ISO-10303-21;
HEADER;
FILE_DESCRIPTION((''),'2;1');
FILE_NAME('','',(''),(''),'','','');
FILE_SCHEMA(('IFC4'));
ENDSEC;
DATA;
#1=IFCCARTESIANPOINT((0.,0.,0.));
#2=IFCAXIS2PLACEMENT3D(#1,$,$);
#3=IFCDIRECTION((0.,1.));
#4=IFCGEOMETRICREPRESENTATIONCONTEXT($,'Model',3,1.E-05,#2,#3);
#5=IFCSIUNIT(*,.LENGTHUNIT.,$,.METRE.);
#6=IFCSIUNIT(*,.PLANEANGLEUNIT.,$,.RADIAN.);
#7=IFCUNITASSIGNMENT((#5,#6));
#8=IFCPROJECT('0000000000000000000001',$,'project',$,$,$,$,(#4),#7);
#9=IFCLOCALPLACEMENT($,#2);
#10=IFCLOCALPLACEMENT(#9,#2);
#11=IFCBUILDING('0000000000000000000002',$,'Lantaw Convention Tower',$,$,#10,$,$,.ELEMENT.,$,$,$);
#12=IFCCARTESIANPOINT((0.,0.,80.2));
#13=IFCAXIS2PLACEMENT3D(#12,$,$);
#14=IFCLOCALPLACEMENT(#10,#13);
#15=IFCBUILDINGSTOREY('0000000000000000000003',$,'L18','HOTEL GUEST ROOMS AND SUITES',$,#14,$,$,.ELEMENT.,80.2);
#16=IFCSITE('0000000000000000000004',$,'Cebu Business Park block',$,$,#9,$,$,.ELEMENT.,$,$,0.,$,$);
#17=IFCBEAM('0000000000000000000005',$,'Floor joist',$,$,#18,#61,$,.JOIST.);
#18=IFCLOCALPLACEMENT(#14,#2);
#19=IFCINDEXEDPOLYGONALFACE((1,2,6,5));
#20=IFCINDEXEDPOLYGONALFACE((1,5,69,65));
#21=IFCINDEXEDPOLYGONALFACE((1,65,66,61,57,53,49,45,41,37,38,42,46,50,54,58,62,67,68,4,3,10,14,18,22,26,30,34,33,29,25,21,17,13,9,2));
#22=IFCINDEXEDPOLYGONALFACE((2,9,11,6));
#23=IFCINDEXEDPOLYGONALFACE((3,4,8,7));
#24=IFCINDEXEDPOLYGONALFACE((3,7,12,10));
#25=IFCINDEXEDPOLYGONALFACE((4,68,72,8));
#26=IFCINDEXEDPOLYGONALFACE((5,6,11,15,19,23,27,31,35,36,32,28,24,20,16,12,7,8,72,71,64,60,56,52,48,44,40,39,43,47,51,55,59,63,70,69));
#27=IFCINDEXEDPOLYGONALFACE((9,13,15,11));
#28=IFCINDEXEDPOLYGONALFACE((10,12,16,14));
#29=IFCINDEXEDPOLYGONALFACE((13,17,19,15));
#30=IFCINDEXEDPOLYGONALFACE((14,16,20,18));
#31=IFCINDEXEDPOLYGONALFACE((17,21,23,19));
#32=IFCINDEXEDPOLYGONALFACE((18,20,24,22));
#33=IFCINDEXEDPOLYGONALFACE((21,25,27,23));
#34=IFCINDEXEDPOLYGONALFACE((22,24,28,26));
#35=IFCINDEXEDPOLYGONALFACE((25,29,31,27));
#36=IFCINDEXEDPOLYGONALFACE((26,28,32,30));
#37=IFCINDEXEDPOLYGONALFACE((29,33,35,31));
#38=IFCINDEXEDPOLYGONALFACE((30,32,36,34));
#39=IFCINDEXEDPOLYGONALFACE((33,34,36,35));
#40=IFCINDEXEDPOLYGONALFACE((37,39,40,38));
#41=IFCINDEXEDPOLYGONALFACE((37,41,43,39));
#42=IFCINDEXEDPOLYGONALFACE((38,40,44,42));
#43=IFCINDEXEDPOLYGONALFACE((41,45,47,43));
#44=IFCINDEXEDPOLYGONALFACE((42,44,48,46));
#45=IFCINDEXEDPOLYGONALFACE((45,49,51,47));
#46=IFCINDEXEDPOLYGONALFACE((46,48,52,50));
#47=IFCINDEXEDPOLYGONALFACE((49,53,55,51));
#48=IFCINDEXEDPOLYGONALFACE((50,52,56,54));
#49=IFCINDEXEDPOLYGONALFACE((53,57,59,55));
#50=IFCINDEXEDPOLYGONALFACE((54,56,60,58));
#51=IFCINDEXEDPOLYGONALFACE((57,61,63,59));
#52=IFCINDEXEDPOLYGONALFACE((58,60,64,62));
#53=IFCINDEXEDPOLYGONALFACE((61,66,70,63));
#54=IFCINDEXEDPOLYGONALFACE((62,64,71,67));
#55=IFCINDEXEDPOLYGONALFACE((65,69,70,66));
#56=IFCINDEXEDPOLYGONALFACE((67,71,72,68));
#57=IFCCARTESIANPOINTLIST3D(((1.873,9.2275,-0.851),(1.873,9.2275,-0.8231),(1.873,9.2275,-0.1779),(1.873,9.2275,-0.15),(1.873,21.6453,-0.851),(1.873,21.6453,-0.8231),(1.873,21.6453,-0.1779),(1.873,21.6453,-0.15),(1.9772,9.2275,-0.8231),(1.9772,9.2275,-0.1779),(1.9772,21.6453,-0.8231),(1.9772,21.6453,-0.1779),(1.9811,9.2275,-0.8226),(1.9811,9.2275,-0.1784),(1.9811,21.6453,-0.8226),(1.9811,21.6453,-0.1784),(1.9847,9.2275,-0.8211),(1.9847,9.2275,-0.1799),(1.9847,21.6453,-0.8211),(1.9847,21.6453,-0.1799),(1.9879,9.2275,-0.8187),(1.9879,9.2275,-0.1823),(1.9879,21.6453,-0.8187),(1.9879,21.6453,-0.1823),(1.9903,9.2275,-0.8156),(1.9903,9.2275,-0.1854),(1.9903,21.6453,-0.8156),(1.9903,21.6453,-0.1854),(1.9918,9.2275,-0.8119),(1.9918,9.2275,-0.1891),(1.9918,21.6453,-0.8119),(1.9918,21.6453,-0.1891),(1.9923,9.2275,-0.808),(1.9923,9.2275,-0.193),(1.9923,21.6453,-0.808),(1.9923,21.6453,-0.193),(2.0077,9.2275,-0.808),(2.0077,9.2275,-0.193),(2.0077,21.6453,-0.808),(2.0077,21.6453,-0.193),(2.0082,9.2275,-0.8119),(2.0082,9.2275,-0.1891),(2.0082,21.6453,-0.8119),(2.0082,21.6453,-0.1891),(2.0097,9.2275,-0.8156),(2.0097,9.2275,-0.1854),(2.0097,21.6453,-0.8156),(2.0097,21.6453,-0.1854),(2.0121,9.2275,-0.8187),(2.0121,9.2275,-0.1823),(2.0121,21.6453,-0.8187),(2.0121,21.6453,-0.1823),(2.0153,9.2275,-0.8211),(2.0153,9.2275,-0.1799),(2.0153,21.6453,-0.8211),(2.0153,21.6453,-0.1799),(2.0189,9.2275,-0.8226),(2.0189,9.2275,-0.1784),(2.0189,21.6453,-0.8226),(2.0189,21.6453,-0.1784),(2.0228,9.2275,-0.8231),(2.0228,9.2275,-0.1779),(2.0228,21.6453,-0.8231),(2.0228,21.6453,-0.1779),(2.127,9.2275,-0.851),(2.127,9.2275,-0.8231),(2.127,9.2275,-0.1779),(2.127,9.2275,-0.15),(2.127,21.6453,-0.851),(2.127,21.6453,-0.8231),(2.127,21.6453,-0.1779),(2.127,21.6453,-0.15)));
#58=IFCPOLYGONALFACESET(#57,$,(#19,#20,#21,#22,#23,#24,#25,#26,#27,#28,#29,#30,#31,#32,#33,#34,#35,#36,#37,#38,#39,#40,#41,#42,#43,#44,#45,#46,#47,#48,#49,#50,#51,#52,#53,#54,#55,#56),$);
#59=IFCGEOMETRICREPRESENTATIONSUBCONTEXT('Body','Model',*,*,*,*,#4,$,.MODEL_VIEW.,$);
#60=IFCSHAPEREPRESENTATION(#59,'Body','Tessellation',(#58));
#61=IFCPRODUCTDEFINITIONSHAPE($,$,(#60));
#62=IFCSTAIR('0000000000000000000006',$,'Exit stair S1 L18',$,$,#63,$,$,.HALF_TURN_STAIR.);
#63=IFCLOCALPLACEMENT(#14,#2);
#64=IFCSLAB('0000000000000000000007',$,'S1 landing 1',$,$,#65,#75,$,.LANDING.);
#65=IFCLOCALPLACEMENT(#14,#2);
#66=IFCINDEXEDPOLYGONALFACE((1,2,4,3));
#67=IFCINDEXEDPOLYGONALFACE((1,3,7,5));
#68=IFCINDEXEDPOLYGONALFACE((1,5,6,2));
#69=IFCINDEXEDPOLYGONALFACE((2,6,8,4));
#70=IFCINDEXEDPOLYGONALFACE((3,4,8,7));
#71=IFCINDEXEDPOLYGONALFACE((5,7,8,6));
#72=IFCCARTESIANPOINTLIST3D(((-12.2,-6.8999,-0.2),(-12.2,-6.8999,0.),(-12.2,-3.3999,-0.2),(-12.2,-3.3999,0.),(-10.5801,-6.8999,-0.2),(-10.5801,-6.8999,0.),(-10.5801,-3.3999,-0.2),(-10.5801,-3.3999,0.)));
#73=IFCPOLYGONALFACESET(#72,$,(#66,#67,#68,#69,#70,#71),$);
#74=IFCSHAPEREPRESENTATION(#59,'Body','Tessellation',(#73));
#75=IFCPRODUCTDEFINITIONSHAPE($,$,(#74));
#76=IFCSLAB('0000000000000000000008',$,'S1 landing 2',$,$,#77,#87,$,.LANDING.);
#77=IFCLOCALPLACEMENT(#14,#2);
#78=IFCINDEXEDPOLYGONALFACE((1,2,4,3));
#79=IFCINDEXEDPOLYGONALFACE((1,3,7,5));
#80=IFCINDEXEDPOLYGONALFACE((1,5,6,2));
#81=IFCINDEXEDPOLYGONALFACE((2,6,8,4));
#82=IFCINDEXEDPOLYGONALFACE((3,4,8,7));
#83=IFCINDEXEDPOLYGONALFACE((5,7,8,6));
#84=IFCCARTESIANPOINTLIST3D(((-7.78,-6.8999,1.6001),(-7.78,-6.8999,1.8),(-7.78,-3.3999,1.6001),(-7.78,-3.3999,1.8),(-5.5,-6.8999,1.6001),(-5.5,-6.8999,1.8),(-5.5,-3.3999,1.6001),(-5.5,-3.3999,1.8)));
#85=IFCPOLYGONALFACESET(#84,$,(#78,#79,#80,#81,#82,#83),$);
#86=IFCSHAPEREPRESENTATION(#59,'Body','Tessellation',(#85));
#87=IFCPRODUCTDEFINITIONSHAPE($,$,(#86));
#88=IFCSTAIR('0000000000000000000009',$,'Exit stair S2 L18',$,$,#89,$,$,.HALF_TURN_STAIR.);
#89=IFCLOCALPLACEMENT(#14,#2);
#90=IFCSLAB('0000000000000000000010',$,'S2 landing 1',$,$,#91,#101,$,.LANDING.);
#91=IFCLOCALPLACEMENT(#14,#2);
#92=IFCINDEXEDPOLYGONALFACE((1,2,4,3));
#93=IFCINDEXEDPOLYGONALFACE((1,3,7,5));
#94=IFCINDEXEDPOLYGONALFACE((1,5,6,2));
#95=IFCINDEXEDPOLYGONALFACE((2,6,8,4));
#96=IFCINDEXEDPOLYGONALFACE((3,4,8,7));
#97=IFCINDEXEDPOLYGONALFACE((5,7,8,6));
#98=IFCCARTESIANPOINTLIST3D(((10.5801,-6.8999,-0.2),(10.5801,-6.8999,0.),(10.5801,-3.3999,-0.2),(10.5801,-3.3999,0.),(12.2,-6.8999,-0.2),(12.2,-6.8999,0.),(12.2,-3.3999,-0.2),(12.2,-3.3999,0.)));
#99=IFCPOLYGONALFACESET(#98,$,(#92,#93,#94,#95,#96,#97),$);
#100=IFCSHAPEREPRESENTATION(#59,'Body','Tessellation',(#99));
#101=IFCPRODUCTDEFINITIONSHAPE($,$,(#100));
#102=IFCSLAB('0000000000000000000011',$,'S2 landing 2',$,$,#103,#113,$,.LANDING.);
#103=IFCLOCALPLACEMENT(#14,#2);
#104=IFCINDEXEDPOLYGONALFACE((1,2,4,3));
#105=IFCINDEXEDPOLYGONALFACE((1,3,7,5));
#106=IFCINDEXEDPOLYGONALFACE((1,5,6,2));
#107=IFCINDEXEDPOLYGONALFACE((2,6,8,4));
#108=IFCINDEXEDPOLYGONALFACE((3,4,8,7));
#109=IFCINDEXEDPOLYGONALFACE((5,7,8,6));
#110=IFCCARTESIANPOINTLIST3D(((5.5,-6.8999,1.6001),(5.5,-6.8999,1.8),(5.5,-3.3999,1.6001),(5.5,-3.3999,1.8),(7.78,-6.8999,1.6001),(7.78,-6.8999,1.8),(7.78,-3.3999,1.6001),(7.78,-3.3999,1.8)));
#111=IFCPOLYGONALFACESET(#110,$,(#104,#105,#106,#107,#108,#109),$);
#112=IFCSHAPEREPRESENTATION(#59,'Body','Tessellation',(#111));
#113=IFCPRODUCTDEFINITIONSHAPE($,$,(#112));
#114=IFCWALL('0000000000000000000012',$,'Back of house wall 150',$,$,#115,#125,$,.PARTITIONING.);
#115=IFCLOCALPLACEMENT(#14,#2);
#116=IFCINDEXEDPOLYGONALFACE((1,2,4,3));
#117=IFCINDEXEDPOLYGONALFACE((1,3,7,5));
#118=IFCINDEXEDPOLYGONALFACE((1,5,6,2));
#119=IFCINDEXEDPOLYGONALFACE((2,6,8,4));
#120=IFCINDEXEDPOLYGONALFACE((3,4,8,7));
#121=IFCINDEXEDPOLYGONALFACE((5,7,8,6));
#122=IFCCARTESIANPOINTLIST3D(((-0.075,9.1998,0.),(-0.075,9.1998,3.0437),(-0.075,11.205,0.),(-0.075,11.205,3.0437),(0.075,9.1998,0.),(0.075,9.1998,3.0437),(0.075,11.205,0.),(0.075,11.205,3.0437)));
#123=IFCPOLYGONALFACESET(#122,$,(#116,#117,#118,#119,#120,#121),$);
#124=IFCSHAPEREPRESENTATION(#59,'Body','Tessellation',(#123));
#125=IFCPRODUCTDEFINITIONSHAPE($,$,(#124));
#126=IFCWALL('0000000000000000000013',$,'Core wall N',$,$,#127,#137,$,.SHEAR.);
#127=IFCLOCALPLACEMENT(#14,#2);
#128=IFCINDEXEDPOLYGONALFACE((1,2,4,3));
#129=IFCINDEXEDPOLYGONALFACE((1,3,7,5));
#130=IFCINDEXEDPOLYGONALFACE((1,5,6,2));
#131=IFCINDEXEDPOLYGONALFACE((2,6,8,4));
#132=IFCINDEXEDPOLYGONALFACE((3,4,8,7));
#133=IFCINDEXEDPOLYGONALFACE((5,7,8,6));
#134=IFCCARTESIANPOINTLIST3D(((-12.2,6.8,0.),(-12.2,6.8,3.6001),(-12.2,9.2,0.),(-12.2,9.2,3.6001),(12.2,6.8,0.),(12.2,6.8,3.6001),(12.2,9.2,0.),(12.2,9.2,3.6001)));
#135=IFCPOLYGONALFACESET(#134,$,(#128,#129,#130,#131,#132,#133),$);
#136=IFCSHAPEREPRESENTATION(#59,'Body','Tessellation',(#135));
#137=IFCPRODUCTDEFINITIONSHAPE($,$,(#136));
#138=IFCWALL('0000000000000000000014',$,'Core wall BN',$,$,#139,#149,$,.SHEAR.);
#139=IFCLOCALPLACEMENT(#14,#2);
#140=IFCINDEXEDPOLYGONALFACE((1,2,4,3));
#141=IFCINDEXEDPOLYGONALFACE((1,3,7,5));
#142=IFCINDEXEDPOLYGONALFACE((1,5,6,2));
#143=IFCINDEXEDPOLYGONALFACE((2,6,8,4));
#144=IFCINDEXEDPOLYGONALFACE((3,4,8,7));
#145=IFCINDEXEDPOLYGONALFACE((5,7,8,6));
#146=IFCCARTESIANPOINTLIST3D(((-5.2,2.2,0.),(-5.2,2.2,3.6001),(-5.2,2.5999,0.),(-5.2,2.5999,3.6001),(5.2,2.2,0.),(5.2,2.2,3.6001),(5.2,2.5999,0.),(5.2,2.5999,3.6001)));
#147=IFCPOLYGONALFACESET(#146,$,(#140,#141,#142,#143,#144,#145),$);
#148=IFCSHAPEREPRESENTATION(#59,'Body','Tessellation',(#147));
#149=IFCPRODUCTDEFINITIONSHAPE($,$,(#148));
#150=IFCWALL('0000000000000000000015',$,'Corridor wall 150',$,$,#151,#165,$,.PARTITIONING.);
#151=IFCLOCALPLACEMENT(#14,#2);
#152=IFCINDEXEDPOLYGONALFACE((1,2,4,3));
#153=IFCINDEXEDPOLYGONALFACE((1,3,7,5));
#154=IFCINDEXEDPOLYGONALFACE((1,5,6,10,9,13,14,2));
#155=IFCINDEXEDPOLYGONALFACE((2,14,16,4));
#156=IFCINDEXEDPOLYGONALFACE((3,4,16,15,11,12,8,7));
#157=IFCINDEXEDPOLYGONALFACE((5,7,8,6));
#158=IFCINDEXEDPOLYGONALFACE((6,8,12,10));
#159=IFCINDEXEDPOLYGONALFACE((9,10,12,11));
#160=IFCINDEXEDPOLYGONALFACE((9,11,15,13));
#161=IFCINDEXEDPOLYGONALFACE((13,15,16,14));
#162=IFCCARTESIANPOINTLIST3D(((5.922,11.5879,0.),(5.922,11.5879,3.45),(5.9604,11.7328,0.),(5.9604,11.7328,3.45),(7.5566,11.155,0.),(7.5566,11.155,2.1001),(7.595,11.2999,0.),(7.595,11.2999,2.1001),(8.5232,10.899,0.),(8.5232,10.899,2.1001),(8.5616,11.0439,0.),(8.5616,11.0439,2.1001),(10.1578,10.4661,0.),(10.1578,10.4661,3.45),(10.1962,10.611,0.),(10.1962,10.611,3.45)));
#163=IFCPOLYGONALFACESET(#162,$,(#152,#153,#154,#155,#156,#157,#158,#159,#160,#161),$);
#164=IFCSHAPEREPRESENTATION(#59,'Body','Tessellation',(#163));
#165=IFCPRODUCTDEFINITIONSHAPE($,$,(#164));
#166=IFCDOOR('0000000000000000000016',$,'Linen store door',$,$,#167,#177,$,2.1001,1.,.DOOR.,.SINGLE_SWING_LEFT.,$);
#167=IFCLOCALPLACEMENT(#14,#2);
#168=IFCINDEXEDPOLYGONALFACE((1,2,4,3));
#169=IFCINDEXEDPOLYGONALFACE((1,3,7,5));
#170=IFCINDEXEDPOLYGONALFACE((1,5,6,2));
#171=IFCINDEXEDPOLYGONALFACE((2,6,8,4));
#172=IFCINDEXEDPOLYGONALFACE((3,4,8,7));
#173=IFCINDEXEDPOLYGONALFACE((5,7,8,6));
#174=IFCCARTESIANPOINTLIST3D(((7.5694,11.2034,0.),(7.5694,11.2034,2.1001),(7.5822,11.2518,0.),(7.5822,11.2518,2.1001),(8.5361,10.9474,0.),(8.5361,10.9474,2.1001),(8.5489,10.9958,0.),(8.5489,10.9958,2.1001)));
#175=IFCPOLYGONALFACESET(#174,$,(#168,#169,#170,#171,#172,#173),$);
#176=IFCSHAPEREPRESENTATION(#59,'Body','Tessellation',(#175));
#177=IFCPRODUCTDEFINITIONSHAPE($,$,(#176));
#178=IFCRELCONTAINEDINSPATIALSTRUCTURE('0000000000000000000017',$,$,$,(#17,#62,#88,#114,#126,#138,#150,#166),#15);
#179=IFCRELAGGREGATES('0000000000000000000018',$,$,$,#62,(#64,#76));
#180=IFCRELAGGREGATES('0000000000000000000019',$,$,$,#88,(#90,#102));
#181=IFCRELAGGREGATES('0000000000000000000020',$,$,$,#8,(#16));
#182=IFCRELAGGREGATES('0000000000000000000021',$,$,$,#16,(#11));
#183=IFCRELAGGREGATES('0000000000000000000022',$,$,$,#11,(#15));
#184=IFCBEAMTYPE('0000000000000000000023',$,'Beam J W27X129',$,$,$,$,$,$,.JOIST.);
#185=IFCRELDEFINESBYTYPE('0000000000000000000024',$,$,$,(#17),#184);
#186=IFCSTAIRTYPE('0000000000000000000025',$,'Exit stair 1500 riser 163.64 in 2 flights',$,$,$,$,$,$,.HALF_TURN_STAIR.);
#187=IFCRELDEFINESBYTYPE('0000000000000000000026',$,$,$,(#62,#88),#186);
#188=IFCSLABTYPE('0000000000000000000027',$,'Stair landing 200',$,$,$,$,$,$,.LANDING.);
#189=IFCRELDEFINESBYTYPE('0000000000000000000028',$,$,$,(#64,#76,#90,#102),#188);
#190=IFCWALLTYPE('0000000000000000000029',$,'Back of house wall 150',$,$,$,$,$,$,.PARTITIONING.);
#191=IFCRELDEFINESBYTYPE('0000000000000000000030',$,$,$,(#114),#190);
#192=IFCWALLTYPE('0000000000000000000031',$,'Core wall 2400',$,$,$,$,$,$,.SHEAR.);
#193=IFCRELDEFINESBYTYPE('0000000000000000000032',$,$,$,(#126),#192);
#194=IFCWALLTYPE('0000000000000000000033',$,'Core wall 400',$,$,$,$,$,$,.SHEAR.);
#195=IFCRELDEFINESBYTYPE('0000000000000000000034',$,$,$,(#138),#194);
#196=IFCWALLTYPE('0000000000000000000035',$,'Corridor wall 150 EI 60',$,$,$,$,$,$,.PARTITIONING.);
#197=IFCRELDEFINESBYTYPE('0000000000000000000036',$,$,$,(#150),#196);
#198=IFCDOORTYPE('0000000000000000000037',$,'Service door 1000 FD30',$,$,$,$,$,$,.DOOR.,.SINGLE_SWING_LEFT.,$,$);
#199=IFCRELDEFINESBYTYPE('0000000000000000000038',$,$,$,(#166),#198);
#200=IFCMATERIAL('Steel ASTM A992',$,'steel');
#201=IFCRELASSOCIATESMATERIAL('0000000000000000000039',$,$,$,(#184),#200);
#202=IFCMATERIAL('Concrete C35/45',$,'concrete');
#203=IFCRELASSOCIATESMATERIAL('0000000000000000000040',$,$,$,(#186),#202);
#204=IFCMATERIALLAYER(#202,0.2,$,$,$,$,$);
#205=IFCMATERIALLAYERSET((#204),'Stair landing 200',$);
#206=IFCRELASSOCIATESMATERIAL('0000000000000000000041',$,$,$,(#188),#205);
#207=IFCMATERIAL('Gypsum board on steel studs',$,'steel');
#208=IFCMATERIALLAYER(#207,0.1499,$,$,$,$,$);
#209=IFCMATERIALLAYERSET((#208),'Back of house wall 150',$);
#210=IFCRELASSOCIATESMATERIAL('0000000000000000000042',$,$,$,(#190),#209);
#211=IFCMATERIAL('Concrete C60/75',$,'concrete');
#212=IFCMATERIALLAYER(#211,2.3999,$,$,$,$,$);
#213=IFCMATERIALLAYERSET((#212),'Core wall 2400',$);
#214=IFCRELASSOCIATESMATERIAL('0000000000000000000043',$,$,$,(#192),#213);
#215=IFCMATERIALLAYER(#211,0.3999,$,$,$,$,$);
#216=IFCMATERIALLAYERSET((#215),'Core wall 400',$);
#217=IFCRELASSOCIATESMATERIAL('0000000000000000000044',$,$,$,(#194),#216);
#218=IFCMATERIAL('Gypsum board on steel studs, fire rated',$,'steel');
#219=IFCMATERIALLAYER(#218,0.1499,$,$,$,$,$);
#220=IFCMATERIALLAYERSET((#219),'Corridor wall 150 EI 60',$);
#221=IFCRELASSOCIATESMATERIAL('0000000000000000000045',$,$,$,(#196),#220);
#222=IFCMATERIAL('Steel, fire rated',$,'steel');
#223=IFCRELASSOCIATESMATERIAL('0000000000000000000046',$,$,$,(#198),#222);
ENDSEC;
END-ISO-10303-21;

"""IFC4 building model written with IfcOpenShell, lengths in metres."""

from ifc_helpers import new_model, si_unit, direction, frame, frame_2d, origin, origin_2d, place, context, subcontext, project, spatial, polyline, rectangle, i_section, outline, extrude, material, layer, layer_set, material_profile, profile_set, type_object, element, fill, aggregate, save


model = new_model("IFC4")

# Units and contexts
model_context = context("Model", 3, precision=1e-05, world=origin(), true_north=direction((0.0, 1.0)))
body_context = subcontext(model_context, "Body", "Model", "MODEL_VIEW")
ifc_project = project(units=[si_unit("LENGTHUNIT", "METRE"), si_unit("PLANEANGLEUNIT", "RADIAN")], contexts=[model_context])

# Site, building, storey
site_placement = place(None, origin())
site = spatial("IfcSite", under=ifc_project, at=site_placement, Name="Cebu Business Park block", CompositionType="ELEMENT", RefElevation=0.0)
building_placement = place(site_placement, origin())
building = spatial("IfcBuilding", under=site, at=building_placement, Name="Lantaw Convention Tower", CompositionType="ELEMENT")
storey_placement = place(building_placement, frame((0.0, 0.0, 80.2)))
storey = spatial("IfcBuildingStorey", under=building, at=storey_placement, Name="L18", Description="HOTEL GUEST ROOMS AND SUITES", CompositionType="ELEMENT", Elevation=80.2)

# Beam
ifc_material_1 = material(Name="Steel ASTM A992", Category="steel")
ifc_material_profile_1 = material_profile(ifc_material_1, i_section(OverallWidth=0.2539, OverallDepth=0.7009, WebThickness=0.0154, FlangeThickness=0.0278, FilletRadius=0.0151, at=origin_2d()), Name="W27X129")
ifc_profile_set_1 = profile_set([ifc_material_profile_1], Name="Steel ASTM A992")
beam_type_1 = type_object("IfcBeamType", Name="Beam J W27X129", PredefinedType="JOIST", material=ifc_profile_set_1)
beam_1_placement = place(storey_placement, frame((2.0, 9.2275, -0.5005), z_axis=(0.0, 1.0, 0.0), x_axis=(-1.0, 0.0, 0.0)))
element("IfcBeam", 1, at=beam_1_placement, inside=storey, type_object=beam_type_1, Name="Floor joist", PredefinedType="JOIST", context=body_context, shape_type="SweptSolid", body=[
    extrude(i_section(OverallWidth=0.2539, OverallDepth=0.7009, WebThickness=0.0154, FlangeThickness=0.0278, FilletRadius=0.0151, at=origin_2d()), origin(), (0.0, 0.0, 1.0), 12.4177),
])

# Stairs, slabs
ifc_material_2 = material(Name="Concrete C35/45", Category="concrete")
stair_type = type_object("IfcStairType", Name="Exit stair 1500 riser 163.64 in 2 flights", PredefinedType="HALF_TURN_STAIR", material=ifc_material_2)
stair_1_placement = place(storey_placement, origin())
stair_1 = element("IfcStair", 2, at=stair_1_placement, inside=storey, type_object=stair_type, Name="Exit stair S1 L18", PredefinedType="HALF_TURN_STAIR")
ifc_layer_1 = layer(ifc_material_2, 0.2)
ifc_layer_set_1 = layer_set([ifc_layer_1], Name="Stair landing 200")
slab_type = type_object("IfcSlabType", Name="Stair landing 200", PredefinedType="LANDING", material=ifc_layer_set_1)
slab_1_placement = place(storey_placement, frame((0.0, 0.0, -0.2)))
slab_1 = element("IfcSlab", 3, at=slab_1_placement, type_object=slab_type, Name="S1 landing 1", PredefinedType="LANDING", context=body_context, shape_type="SweptSolid", body=[
    extrude(outline(polyline([(-12.2, -6.8999), (-10.5801, -6.8999), (-10.5801, -3.3999), (-12.2, -3.3999), (-12.2, -6.8999)])), origin(), (0.0, 0.0, 1.0), 0.2),
])
slab_2_placement = place(storey_placement, frame((0.0, 0.0, 1.6001)))
slab_2 = element("IfcSlab", 4, at=slab_2_placement, type_object=slab_type, Name="S1 landing 2", PredefinedType="LANDING", context=body_context, shape_type="SweptSolid", body=[
    extrude(outline(polyline([(-7.78, -6.8999), (-5.5, -6.8999), (-5.5, -3.3999), (-7.78, -3.3999), (-7.78, -6.8999)])), origin(), (0.0, 0.0, 1.0), 0.2),
])
aggregate(stair_1, [slab_1, slab_2])
stair_2_placement = place(storey_placement, origin())
stair_2 = element("IfcStair", 5, at=stair_2_placement, inside=storey, type_object=stair_type, Name="Exit stair S2 L18", PredefinedType="HALF_TURN_STAIR")
slab_3_placement = place(storey_placement, frame((0.0, 0.0, -0.2)))
slab_3 = element("IfcSlab", 6, at=slab_3_placement, type_object=slab_type, Name="S2 landing 1", PredefinedType="LANDING", context=body_context, shape_type="SweptSolid", body=[
    extrude(outline(polyline([(10.5801, -6.8999), (12.2, -6.8999), (12.2, -3.3999), (10.5801, -3.3999), (10.5801, -6.8999)])), origin(), (0.0, 0.0, 1.0), 0.2),
])
slab_4_placement = place(storey_placement, frame((0.0, 0.0, 1.6001)))
slab_4 = element("IfcSlab", 7, at=slab_4_placement, type_object=slab_type, Name="S2 landing 2", PredefinedType="LANDING", context=body_context, shape_type="SweptSolid", body=[
    extrude(outline(polyline([(5.5, -6.8999), (7.78, -6.8999), (7.78, -3.3999), (5.5, -3.3999), (5.5, -6.8999)])), origin(), (0.0, 0.0, 1.0), 0.2),
])
aggregate(stair_2, [slab_3, slab_4])

# Walls
ifc_material_3 = material(Name="Gypsum board on steel studs", Category="steel")
ifc_layer_2 = layer(ifc_material_3, 0.1499)
ifc_layer_set_2 = layer_set([ifc_layer_2], Name="Back of house wall 150")
wall_type_1 = type_object("IfcWallType", Name="Back of house wall 150", PredefinedType="PARTITIONING", material=ifc_layer_set_2)
wall_1_placement = place(storey_placement, frame((0.0, 9.2, 0.0), z_axis=(0.0, 0.0, 1.0), x_axis=(0.0, 1.0, 0.0)))
element("IfcWall", 8, at=wall_1_placement, inside=storey, type_object=wall_type_1, Name="Back of house wall 150", PredefinedType="PARTITIONING", context=body_context, shape_type="SweptSolid", body=[
    extrude(rectangle(XDim=2.0051, YDim=0.1499, at=frame_2d((1.0024, 0.0))), origin(), (0.0, 0.0, 1.0), 3.0437),
])
ifc_material_4 = material(Name="Concrete C60/75", Category="concrete")
ifc_layer_3 = layer(ifc_material_4, 2.3999)
ifc_layer_set_3 = layer_set([ifc_layer_3], Name="Core wall 2400")
wall_type_2 = type_object("IfcWallType", Name="Core wall 2400", PredefinedType="SHEAR", material=ifc_layer_set_3)
wall_2_placement = place(storey_placement, frame((12.2, 8.0, 0.0), z_axis=(0.0, 0.0, 1.0), x_axis=(-1.0, 0.0, 0.0)))
element("IfcWall", 9, at=wall_2_placement, inside=storey, type_object=wall_type_2, Name="Core wall N", PredefinedType="SHEAR", context=body_context, shape_type="SweptSolid", body=[
    extrude(rectangle(XDim=24.3999, YDim=2.3999, at=frame_2d((12.2, 0.0))), origin(), (0.0, 0.0, 1.0), 3.6001),
])
ifc_layer_4 = layer(ifc_material_4, 0.3999)
ifc_layer_set_4 = layer_set([ifc_layer_4], Name="Core wall 400")
wall_type_3 = type_object("IfcWallType", Name="Core wall 400", PredefinedType="SHEAR", material=ifc_layer_set_4)
wall_3_placement = place(storey_placement, frame((5.2, 2.3999, 0.0), z_axis=(0.0, 0.0, 1.0), x_axis=(-1.0, 0.0, 0.0)))
element("IfcWall", 10, at=wall_3_placement, inside=storey, type_object=wall_type_3, Name="Core wall BN", PredefinedType="SHEAR", context=body_context, shape_type="SweptSolid", body=[
    extrude(rectangle(XDim=10.3999, YDim=0.3999, at=frame_2d((5.2, 0.0))), origin(), (0.0, 0.0, 1.0), 3.6001),
])

# Wall, opening, door
ifc_material_5 = material(Name="Gypsum board on steel studs, fire rated", Category="steel")
ifc_layer_5 = layer(ifc_material_5, 0.1499)
ifc_layer_set_5 = layer_set([ifc_layer_5], Name="Corridor wall 150 EI 60")
wall_type_4 = type_object("IfcWallType", Name="Corridor wall 150 EI 60", PredefinedType="PARTITIONING", material=ifc_layer_set_5)
wall_4_placement = place(storey_placement, frame((10.177, 10.5386, 0.0), z_axis=(0.0, 0.0, 1.0), x_axis=(-0.966673, 0.256015, 0.0)))
wall_4 = element("IfcWall", 11, at=wall_4_placement, inside=storey, type_object=wall_type_4, Name="Corridor wall 150", PredefinedType="PARTITIONING", context=body_context, shape_type="SweptSolid", body=[
    extrude(rectangle(XDim=4.3818, YDim=0.1499, at=frame_2d((2.1909, 0.0))), origin(), (0.0, 0.0, 1.0), 3.45),
])
opening_1_placement = place(wall_4_placement, frame((1.6909, 0.0, 0.0)))
opening_1 = element("IfcOpeningElement", 12, at=opening_1_placement, cuts=wall_4, PredefinedType="OPENING", context=body_context, shape_type="SweptSolid", body=[
    extrude(rectangle(XDim=1.0, YDim=2.1001, at=frame_2d((0.5, 1.05))), frame((0.0, 0.085, 0.0), z_axis=(0.0, -1.0, 0.0), x_axis=(1.0, 0.0, 0.0)), (0.0, 0.0, 1.0), 0.1699),
])
ifc_material_6 = material(Name="Steel, fire rated", Category="steel")
door_type_1 = type_object("IfcDoorType", Name="Service door 1000 FD30", OperationType="SINGLE_SWING_LEFT", PredefinedType="DOOR", material=ifc_material_6)
door_1_placement = place(opening_1_placement, origin())
door_1 = element("IfcDoor", 13, at=door_1_placement, inside=storey, type_object=door_type_1, Name="Linen store door", OperationType="SINGLE_SWING_LEFT", OverallHeight=2.1001, OverallWidth=1.0, PredefinedType="DOOR", context=body_context, shape_type="SweptSolid", body=[
    extrude(rectangle(XDim=1.0, YDim=2.1001, at=frame_2d((0.5, 1.05))), frame((0.0, 0.0249, 0.0), z_axis=(0.0, -1.0, 0.0), x_axis=(1.0, 0.0, 0.0)), (0.0, 0.0, 1.0), 0.05),
])
fill(opening_1, door_1)

save(model, "model.ifc")
